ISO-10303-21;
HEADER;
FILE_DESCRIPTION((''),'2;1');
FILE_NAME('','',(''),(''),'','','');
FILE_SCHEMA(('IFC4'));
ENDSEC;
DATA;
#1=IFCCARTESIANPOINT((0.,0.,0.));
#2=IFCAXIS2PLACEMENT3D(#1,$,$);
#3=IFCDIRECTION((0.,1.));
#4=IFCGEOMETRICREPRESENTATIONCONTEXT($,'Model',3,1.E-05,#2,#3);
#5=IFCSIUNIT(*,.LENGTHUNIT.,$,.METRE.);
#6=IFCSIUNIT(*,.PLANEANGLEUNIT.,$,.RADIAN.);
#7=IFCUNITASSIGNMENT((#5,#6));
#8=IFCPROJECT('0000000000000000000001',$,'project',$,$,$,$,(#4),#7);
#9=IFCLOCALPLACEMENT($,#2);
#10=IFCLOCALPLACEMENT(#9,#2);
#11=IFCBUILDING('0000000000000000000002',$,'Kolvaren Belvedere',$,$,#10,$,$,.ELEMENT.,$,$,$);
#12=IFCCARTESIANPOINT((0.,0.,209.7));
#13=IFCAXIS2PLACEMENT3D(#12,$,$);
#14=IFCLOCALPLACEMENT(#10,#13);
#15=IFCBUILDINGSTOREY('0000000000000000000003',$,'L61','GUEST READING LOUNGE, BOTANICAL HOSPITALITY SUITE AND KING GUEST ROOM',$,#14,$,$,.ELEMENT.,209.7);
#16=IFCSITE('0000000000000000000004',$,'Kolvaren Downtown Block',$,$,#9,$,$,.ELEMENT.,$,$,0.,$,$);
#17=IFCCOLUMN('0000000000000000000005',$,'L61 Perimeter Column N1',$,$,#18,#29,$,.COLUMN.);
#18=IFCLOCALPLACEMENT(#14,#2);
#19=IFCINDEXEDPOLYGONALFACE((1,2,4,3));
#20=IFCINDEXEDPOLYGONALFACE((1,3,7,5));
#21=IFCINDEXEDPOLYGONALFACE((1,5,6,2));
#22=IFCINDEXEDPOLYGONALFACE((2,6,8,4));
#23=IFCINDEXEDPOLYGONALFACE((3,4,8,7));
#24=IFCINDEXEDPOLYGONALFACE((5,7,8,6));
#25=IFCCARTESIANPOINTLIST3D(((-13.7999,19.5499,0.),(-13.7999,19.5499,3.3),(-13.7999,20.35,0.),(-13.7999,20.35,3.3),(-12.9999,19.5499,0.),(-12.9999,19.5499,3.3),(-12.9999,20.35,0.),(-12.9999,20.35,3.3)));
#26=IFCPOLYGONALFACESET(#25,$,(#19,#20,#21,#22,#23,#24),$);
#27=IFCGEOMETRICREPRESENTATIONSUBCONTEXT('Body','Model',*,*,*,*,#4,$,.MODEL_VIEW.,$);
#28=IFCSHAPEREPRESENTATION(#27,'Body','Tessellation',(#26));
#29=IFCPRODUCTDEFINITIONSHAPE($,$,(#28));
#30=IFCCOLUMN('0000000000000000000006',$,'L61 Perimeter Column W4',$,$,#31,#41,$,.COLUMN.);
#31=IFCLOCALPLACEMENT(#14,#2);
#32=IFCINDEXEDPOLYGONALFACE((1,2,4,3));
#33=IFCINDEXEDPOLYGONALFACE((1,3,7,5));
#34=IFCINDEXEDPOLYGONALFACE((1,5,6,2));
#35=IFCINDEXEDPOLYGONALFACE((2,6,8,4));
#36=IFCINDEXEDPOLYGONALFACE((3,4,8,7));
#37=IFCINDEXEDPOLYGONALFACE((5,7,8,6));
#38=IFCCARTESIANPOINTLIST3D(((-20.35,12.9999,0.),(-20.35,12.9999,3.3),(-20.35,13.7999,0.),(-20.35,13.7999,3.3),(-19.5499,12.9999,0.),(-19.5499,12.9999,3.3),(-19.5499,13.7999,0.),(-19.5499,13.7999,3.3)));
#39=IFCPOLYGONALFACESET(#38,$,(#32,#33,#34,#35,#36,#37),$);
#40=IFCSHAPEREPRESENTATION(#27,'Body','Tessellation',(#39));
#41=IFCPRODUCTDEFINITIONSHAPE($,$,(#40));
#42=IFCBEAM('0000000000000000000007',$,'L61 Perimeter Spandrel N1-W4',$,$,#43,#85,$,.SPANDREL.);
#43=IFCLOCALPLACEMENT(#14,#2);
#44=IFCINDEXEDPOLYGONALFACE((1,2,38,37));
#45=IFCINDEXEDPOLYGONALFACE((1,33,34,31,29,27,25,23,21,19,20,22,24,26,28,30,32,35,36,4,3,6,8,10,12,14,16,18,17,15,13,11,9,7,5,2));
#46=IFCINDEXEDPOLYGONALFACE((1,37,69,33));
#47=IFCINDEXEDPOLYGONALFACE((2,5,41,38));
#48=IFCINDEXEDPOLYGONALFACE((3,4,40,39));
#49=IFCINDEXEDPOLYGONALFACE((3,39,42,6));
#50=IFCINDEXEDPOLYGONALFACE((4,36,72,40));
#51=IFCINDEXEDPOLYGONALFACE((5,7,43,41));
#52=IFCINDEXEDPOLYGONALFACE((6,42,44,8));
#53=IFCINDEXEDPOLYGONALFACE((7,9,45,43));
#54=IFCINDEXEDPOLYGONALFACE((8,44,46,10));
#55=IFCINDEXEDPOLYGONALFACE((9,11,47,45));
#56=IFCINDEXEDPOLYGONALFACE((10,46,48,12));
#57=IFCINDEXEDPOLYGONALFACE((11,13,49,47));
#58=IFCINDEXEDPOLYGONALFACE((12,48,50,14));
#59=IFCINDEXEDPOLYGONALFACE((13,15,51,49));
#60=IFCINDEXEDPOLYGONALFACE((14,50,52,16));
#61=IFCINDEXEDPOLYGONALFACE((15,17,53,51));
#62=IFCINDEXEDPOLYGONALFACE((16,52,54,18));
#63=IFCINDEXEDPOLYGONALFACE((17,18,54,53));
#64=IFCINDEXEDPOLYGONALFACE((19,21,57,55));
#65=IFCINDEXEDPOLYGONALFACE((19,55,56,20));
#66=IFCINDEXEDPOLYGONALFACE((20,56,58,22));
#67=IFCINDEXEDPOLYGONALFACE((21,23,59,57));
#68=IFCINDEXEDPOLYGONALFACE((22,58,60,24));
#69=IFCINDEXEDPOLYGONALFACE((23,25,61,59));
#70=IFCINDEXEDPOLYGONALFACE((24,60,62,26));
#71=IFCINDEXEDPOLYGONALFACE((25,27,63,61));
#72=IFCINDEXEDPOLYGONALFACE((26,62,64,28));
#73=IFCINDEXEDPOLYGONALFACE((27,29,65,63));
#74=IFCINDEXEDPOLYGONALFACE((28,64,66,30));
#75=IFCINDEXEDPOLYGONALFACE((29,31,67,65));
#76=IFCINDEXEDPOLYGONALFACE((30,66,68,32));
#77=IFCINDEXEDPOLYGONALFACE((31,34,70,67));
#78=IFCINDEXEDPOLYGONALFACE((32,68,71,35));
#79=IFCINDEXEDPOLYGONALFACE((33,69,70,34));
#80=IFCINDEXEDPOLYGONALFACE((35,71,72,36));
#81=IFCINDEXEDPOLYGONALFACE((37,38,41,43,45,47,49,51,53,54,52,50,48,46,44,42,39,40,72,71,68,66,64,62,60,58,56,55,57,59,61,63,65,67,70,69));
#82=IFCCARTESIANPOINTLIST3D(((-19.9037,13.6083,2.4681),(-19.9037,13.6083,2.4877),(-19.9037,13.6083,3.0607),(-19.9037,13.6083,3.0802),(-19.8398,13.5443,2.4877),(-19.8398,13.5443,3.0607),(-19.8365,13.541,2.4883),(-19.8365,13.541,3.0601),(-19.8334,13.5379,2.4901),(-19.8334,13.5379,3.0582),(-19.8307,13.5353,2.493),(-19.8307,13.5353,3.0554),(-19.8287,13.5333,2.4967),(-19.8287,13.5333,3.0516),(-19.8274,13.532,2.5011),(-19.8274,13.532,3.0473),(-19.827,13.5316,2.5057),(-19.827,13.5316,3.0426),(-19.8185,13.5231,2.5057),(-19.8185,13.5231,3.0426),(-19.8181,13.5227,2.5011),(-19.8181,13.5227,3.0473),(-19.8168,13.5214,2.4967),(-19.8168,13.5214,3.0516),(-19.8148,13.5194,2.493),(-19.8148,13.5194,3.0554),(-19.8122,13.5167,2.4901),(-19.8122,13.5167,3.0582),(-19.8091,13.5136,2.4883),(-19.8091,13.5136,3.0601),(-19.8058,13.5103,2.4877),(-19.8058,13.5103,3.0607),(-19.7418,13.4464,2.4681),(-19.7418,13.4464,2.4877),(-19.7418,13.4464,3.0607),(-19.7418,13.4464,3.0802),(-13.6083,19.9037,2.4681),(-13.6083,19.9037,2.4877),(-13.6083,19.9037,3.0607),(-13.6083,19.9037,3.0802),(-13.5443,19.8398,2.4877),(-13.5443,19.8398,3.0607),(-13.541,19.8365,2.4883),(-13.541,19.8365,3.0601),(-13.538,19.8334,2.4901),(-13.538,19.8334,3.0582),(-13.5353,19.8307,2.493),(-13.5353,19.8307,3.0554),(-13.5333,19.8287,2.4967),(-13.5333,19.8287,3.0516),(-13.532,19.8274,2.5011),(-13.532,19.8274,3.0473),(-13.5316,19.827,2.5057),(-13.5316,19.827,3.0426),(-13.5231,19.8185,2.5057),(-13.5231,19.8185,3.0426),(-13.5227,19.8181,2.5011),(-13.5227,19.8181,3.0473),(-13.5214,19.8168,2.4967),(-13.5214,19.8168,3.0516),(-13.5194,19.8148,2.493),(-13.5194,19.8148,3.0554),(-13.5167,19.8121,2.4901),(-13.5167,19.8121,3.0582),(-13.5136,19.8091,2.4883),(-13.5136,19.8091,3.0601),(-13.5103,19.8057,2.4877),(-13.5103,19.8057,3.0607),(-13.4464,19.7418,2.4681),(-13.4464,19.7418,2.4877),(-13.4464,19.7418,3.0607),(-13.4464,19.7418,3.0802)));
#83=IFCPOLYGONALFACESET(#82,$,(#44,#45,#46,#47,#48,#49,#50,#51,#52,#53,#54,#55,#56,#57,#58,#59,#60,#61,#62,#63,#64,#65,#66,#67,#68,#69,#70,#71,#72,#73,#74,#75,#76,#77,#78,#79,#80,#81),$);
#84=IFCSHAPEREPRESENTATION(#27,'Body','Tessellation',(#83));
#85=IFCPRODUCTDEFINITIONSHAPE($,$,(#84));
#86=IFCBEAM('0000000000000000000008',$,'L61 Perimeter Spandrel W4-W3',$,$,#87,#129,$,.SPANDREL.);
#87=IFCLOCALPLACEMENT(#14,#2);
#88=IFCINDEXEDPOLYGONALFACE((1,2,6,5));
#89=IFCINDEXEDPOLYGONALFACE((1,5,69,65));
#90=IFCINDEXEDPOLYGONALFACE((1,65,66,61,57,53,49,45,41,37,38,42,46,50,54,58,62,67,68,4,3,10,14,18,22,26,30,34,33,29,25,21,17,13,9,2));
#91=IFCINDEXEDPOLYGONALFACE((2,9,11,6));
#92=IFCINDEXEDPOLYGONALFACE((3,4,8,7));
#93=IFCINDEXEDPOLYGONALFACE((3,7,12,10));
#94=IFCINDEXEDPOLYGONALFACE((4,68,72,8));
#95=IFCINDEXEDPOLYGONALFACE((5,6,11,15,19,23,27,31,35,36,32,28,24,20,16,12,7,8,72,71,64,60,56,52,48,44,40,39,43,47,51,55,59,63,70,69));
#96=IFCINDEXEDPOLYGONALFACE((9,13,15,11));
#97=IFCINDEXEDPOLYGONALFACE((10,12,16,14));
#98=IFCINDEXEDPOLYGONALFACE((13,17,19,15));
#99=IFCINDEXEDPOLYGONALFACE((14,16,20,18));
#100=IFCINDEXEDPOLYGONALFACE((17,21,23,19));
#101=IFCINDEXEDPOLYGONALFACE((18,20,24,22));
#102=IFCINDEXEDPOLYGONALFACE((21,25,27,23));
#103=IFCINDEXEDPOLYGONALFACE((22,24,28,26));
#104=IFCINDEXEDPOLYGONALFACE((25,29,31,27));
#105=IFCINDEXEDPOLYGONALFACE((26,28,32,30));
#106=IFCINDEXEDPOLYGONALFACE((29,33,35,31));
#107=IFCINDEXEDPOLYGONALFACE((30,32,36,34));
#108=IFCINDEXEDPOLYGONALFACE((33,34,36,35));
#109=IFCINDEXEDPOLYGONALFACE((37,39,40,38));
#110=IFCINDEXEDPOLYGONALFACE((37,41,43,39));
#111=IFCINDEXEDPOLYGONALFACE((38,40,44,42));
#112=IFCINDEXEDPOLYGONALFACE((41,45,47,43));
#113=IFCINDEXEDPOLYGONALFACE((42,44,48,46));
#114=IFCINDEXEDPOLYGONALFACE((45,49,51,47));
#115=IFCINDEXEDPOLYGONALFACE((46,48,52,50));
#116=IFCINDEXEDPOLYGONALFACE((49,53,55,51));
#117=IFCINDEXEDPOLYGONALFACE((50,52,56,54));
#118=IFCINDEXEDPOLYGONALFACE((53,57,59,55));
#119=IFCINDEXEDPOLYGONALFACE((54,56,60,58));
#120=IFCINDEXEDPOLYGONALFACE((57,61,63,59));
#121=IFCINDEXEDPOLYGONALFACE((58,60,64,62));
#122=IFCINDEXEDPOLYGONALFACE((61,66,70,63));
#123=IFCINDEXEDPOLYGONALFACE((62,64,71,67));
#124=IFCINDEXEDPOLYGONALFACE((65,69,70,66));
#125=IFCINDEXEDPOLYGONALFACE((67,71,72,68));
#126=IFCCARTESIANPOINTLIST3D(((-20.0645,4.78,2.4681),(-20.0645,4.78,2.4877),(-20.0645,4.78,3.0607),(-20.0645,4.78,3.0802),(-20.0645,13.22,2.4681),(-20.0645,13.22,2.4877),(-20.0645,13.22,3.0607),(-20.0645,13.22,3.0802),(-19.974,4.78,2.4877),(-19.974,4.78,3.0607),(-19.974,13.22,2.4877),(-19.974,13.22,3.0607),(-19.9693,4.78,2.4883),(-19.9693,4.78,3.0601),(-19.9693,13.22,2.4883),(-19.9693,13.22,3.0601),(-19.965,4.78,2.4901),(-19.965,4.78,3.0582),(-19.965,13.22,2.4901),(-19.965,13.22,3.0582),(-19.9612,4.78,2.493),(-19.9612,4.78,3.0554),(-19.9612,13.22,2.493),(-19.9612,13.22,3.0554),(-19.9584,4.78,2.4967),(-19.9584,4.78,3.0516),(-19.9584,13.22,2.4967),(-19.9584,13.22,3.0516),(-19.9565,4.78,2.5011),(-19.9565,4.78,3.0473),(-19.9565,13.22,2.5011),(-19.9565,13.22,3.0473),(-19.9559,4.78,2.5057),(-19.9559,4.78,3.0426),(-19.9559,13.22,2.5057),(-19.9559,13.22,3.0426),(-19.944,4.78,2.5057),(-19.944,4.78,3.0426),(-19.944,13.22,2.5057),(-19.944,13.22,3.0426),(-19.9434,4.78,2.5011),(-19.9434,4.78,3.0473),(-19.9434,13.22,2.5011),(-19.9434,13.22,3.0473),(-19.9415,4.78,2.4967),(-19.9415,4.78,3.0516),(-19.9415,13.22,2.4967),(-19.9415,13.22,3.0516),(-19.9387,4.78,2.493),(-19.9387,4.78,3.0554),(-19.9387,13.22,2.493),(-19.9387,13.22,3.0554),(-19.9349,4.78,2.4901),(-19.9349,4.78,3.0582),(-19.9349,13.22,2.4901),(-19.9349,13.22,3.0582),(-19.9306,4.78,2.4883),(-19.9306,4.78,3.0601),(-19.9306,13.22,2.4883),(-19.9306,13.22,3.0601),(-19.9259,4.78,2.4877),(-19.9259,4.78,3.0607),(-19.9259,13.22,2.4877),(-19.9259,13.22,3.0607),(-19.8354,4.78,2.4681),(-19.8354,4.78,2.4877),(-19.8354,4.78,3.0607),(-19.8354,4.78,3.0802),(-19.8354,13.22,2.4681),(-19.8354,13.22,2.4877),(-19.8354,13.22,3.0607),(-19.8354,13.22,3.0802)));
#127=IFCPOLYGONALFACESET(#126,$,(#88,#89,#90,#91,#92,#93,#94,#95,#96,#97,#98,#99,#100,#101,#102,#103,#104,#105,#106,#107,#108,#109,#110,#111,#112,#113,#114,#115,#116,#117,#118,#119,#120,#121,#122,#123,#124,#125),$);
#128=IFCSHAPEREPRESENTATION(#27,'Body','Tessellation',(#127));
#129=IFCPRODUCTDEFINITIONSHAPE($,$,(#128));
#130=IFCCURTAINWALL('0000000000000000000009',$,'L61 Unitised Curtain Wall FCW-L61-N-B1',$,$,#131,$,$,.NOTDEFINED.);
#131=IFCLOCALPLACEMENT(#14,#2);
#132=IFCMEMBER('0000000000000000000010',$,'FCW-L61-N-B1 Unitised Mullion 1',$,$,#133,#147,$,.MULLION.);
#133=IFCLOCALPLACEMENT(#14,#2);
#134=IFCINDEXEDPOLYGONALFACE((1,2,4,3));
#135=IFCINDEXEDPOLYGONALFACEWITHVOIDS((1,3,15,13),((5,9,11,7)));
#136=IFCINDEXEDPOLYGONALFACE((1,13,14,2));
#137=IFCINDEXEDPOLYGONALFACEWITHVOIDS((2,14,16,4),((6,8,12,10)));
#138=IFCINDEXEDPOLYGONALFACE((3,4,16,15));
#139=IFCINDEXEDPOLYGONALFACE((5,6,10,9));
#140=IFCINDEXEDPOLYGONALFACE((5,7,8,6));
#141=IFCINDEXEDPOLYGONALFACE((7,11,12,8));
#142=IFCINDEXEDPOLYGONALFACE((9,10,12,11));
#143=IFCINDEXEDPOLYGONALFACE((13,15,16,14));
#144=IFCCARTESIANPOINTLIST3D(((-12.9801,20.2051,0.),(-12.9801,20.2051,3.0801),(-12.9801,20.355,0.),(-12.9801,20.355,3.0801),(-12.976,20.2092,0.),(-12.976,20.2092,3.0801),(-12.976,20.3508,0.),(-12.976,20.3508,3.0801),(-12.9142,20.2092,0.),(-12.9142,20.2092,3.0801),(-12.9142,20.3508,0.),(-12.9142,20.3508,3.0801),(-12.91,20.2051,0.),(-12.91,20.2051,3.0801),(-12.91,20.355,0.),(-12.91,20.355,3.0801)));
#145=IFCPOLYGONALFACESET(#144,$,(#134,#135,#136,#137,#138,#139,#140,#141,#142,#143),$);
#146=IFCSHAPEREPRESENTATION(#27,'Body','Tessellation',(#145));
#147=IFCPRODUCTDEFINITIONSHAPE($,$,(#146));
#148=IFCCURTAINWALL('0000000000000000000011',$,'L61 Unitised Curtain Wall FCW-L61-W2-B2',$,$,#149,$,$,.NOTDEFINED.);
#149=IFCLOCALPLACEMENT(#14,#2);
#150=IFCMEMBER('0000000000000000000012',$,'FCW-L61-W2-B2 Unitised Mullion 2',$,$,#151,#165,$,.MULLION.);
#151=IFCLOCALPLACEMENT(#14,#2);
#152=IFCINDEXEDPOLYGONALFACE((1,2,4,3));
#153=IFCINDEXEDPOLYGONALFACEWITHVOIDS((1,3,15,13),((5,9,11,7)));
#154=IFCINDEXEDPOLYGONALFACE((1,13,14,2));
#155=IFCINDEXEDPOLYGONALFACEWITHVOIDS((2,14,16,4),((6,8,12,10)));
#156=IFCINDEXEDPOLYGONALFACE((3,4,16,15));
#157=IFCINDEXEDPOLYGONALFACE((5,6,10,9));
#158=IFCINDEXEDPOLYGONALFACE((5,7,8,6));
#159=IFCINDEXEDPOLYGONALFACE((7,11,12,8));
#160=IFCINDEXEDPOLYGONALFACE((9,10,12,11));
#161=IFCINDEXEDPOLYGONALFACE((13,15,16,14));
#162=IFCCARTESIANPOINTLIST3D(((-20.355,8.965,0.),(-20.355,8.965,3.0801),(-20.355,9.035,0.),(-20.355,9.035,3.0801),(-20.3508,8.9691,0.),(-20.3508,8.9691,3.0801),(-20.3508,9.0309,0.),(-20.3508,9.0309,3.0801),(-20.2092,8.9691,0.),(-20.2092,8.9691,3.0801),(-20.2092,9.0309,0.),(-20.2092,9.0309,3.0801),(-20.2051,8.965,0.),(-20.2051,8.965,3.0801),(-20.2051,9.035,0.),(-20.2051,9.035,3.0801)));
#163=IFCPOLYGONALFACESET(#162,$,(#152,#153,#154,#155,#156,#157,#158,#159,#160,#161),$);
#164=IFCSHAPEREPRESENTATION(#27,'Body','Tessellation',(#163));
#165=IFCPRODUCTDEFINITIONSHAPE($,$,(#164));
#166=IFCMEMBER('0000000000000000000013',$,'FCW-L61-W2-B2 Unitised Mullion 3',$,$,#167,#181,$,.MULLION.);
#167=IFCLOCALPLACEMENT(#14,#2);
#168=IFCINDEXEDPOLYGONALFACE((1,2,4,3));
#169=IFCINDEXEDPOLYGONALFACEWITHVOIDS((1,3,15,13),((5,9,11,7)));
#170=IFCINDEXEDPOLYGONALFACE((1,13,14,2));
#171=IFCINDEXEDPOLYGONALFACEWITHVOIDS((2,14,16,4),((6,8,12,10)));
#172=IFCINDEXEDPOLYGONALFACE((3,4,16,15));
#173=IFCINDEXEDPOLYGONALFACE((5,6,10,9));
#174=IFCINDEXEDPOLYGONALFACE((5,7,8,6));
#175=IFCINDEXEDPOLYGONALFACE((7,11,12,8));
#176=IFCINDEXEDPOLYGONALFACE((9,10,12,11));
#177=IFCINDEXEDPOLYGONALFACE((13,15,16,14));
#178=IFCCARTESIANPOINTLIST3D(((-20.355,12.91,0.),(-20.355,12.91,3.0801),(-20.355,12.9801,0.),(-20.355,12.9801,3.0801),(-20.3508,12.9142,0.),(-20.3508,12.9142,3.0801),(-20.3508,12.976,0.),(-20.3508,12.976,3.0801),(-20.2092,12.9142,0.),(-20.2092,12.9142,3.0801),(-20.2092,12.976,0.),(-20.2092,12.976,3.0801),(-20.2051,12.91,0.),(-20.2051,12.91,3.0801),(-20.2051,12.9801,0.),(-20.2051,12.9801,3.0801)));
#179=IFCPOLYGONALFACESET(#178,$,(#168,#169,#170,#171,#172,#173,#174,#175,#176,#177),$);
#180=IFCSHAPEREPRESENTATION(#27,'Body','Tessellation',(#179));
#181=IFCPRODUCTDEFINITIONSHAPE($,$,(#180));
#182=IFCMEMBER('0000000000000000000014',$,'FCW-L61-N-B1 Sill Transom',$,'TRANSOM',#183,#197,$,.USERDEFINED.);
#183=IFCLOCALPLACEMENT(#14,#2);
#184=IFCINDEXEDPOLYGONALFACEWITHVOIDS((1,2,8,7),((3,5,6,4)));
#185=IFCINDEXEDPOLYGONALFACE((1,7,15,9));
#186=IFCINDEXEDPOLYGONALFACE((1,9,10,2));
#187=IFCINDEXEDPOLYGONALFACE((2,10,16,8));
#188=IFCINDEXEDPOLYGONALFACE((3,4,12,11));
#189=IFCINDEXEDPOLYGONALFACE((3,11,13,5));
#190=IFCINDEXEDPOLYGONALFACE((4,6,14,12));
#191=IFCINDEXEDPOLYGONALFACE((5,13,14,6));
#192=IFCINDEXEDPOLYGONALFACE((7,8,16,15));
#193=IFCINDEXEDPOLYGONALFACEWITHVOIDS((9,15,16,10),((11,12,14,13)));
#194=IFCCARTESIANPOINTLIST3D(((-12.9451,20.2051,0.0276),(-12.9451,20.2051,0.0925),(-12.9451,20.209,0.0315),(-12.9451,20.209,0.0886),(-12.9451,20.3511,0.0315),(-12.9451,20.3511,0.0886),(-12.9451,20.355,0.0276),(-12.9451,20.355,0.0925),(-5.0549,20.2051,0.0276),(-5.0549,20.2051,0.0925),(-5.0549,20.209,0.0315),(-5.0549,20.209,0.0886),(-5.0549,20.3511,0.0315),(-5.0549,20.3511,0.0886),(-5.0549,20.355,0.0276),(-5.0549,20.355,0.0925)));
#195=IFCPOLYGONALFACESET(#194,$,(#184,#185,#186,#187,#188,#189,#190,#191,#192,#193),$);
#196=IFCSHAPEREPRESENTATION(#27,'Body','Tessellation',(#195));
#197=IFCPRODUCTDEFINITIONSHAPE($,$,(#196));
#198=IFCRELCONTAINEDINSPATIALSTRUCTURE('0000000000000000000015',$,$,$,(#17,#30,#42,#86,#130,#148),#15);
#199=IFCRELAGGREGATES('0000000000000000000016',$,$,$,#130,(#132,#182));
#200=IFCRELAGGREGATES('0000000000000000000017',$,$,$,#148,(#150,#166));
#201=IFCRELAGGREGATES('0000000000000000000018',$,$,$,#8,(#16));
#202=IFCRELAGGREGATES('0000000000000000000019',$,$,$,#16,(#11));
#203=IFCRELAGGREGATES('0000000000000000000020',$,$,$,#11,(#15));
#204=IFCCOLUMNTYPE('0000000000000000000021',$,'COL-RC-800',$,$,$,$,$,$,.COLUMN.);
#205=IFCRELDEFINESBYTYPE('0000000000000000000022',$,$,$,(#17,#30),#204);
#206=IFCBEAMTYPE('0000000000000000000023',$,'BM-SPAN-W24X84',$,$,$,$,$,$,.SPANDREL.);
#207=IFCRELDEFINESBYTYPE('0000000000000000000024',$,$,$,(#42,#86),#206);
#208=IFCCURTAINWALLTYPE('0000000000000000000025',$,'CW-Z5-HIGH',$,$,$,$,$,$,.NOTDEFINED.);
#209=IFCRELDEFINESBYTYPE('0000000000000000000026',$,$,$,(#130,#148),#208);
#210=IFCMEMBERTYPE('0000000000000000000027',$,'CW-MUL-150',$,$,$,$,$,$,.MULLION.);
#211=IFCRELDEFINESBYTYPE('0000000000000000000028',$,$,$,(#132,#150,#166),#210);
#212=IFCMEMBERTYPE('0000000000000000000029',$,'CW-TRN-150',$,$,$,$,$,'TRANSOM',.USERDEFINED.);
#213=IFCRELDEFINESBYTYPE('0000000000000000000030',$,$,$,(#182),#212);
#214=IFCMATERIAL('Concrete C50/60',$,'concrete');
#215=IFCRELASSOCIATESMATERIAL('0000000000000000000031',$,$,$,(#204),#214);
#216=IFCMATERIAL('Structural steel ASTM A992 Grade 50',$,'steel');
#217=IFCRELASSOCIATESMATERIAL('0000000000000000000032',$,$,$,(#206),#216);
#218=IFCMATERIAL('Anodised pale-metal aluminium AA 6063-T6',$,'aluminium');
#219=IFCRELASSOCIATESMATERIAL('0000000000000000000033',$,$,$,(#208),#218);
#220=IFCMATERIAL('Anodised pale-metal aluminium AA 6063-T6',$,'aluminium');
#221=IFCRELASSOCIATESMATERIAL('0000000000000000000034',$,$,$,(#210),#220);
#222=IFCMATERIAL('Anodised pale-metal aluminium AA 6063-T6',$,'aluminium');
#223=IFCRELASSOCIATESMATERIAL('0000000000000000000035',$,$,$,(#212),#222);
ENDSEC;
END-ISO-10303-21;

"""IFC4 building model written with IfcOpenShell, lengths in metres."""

from ifc_helpers import new_model, si_unit, direction, frame, origin, origin_2d, place, context, subcontext, project, spatial, rectangle, hollow_rectangle, i_section, extrude, material, material_profile, profile_set, type_object, element, aggregate, save


model = new_model("IFC4")

# Units and contexts
model_context = context("Model", 3, precision=1e-05, world=origin(), true_north=direction((0.0, 1.0)))
body_context = subcontext(model_context, "Body", "Model", "MODEL_VIEW")
ifc_project = project(units=[si_unit("LENGTHUNIT", "METRE"), si_unit("PLANEANGLEUNIT", "RADIAN")], contexts=[model_context])

# Site, building, storey
site_placement = place(None, origin())
site = spatial("IfcSite", under=ifc_project, at=site_placement, Name="Kolvaren Downtown Block", CompositionType="ELEMENT", RefElevation=0.0)
building_placement = place(site_placement, origin())
building = spatial("IfcBuilding", under=site, at=building_placement, Name="Kolvaren Belvedere", CompositionType="ELEMENT")
storey_placement = place(building_placement, frame((0.0, 0.0, 209.7)))
storey = spatial("IfcBuildingStorey", under=building, at=storey_placement, Name="L61", Description="GUEST READING LOUNGE, BOTANICAL HOSPITALITY SUITE AND KING GUEST ROOM", CompositionType="ELEMENT", Elevation=209.7)

# Columns
ifc_material_1 = material(Name="Concrete C50/60", Category="concrete")
ifc_material_profile_1 = material_profile(ifc_material_1, rectangle(XDim=0.8, YDim=0.8, at=origin_2d()), Name="RC 800X800")
ifc_profile_set_1 = profile_set([ifc_material_profile_1], Name="Concrete C50/60")
column_type = type_object("IfcColumnType", Name="COL-RC-800", PredefinedType="COLUMN", material=ifc_profile_set_1)
for number, where, z_axis, x_axis, name in (
    (1, (-13.3999, 19.95, 0.0), (0.0, 0.0, 1.0), (1.0, 0.0, 0.0), "L61 Perimeter Column N1"),
    (2, (-19.95, 13.3999, 0.0), (0.0, 0.0, 1.0), (1.0, 0.0, 0.0), "L61 Perimeter Column W4"),
):
    element("IfcColumn", number, at=place(storey_placement, frame(where, z_axis=z_axis, x_axis=x_axis)), inside=storey, type_object=column_type, Name=name, PredefinedType="COLUMN", context=body_context, shape_type="SweptSolid", body=[
        extrude(rectangle(XDim=0.8, YDim=0.8, at=origin_2d()), origin(), (0.0, 0.0, 1.0), 3.3),
    ])

# Beams
ifc_material_2 = material(Name="Structural steel ASTM A992 Grade 50", Category="steel")
ifc_material_profile_2 = material_profile(ifc_material_2, i_section(OverallWidth=0.229, OverallDepth=0.6121, WebThickness=0.012, FlangeThickness=0.0195, FilletRadius=0.0181, at=origin_2d()), Name="W24X84")
ifc_profile_set_2 = profile_set([ifc_material_profile_2], Name="Structural steel ASTM A992 Grade 50")
beam_type = type_object("IfcBeamType", Name="BM-SPAN-W24X84", PredefinedType="SPANDREL", material=ifc_profile_set_2)
beam_1_placement = place(storey_placement, frame((-13.5273, 19.8228, 2.7742), z_axis=(-0.707107, -0.707107, 0.0), x_axis=(0.707107, -0.707107, 0.0)))
element("IfcBeam", 3, at=beam_1_placement, inside=storey, type_object=beam_type, Name="L61 Perimeter Spandrel N1-W4", PredefinedType="SPANDREL", context=body_context, shape_type="SweptSolid", body=[
    extrude(i_section(OverallWidth=0.229, OverallDepth=0.6121, WebThickness=0.012, FlangeThickness=0.0195, FilletRadius=0.0181, at=origin_2d()), origin(), (0.0, 0.0, 1.0), 8.9031),
])
beam_2_placement = place(storey_placement, frame((-19.95, 13.22, 2.7742), z_axis=(0.0, -1.0, 0.0), x_axis=(1.0, 0.0, 0.0)))
element("IfcBeam", 4, at=beam_2_placement, inside=storey, type_object=beam_type, Name="L61 Perimeter Spandrel W4-W3", PredefinedType="SPANDREL", context=body_context, shape_type="SweptSolid", body=[
    extrude(i_section(OverallWidth=0.229, OverallDepth=0.6121, WebThickness=0.012, FlangeThickness=0.0195, FilletRadius=0.0181, at=origin_2d()), origin(), (0.0, 0.0, 1.0), 8.4399),
])

# Curtain wall, member
ifc_material_3 = material(Name="Anodised pale-metal aluminium AA 6063-T6", Category="aluminium")
curtain_wall_type = type_object("IfcCurtainWallType", Name="CW-Z5-HIGH", PredefinedType="NOTDEFINED", material=ifc_material_3)
curtain_wall_1_placement = place(storey_placement, origin())
curtain_wall_1 = element("IfcCurtainWall", 5, at=curtain_wall_1_placement, inside=storey, type_object=curtain_wall_type, Name="L61 Unitised Curtain Wall FCW-L61-N-B1", PredefinedType="NOTDEFINED")
ifc_material_4 = material(Name="Anodised pale-metal aluminium AA 6063-T6", Category="aluminium")
ifc_material_profile_3 = material_profile(ifc_material_4, hollow_rectangle(XDim=0.0701, YDim=0.1499, WallThickness=0.0042, at=origin_2d()), Name="ALU-MUL-150X70")
ifc_profile_set_3 = profile_set([ifc_material_profile_3], Name="Anodised pale-metal aluminium AA 6063-T6")
member_type_1 = type_object("IfcMemberType", Name="CW-MUL-150", PredefinedType="MULLION", material=ifc_profile_set_3)
member_1_placement = place(storey_placement, frame((-12.9451, 20.28, 0.0), z_axis=(0.0, 0.0, 1.0), x_axis=(1.0, 0.0, 0.0)))
member_1 = element("IfcMember", 6, at=member_1_placement, type_object=member_type_1, Name="FCW-L61-N-B1 Unitised Mullion 1", PredefinedType="MULLION", context=body_context, shape_type="SweptSolid", body=[
    extrude(hollow_rectangle(XDim=0.0701, YDim=0.1499, WallThickness=0.0042, at=origin_2d()), origin(), (0.0, 0.0, 1.0), 3.0801),
])

# Curtain wall, members
curtain_wall_2_placement = place(storey_placement, origin())
curtain_wall_2 = element("IfcCurtainWall", 7, at=curtain_wall_2_placement, inside=storey, type_object=curtain_wall_type, Name="L61 Unitised Curtain Wall FCW-L61-W2-B2", PredefinedType="NOTDEFINED")
member_2_placement = place(storey_placement, frame((-20.28, 9.0, 0.0), z_axis=(0.0, 0.0, 1.0), x_axis=(0.0, 1.0, 0.0)))
member_2 = element("IfcMember", 8, at=member_2_placement, type_object=member_type_1, Name="FCW-L61-W2-B2 Unitised Mullion 2", PredefinedType="MULLION", context=body_context, shape_type="SweptSolid", body=[
    extrude(hollow_rectangle(XDim=0.0701, YDim=0.1499, WallThickness=0.0042, at=origin_2d()), origin(), (0.0, 0.0, 1.0), 3.0801),
])
member_3_placement = place(storey_placement, frame((-20.28, 12.9451, 0.0), z_axis=(0.0, 0.0, 1.0), x_axis=(0.0, 1.0, 0.0)))
member_3 = element("IfcMember", 9, at=member_3_placement, type_object=member_type_1, Name="FCW-L61-W2-B2 Unitised Mullion 3", PredefinedType="MULLION", context=body_context, shape_type="SweptSolid", body=[
    extrude(hollow_rectangle(XDim=0.0701, YDim=0.1499, WallThickness=0.0042, at=origin_2d()), origin(), (0.0, 0.0, 1.0), 3.0801),
])

# Member
ifc_material_5 = material(Name="Anodised pale-metal aluminium AA 6063-T6", Category="aluminium")
ifc_material_profile_4 = material_profile(ifc_material_5, hollow_rectangle(XDim=0.0649, YDim=0.1499, WallThickness=0.0039, at=origin_2d()), Name="ALU-TRN-150X65")
ifc_profile_set_4 = profile_set([ifc_material_profile_4], Name="Anodised pale-metal aluminium AA 6063-T6")
member_type_2 = type_object("IfcMemberType", Name="CW-TRN-150", ElementType="TRANSOM", PredefinedType="USERDEFINED", material=ifc_profile_set_4)
member_4_placement = place(storey_placement, frame((-12.9451, 20.28, 0.0601), z_axis=(1.0, 0.0, 0.0), x_axis=(0.0, 0.0, 1.0)))
member_4 = element("IfcMember", 10, at=member_4_placement, type_object=member_type_2, Name="FCW-L61-N-B1 Sill Transom", ObjectType="TRANSOM", PredefinedType="USERDEFINED", context=body_context, shape_type="SweptSolid", body=[
    extrude(hollow_rectangle(XDim=0.0649, YDim=0.1499, WallThickness=0.0039, at=origin_2d()), origin(), (0.0, 0.0, 1.0), 7.8901),
])
aggregate(curtain_wall_1, [member_1, member_4])

aggregate(curtain_wall_2, [member_2, member_3])

save(model, "model.ifc")
